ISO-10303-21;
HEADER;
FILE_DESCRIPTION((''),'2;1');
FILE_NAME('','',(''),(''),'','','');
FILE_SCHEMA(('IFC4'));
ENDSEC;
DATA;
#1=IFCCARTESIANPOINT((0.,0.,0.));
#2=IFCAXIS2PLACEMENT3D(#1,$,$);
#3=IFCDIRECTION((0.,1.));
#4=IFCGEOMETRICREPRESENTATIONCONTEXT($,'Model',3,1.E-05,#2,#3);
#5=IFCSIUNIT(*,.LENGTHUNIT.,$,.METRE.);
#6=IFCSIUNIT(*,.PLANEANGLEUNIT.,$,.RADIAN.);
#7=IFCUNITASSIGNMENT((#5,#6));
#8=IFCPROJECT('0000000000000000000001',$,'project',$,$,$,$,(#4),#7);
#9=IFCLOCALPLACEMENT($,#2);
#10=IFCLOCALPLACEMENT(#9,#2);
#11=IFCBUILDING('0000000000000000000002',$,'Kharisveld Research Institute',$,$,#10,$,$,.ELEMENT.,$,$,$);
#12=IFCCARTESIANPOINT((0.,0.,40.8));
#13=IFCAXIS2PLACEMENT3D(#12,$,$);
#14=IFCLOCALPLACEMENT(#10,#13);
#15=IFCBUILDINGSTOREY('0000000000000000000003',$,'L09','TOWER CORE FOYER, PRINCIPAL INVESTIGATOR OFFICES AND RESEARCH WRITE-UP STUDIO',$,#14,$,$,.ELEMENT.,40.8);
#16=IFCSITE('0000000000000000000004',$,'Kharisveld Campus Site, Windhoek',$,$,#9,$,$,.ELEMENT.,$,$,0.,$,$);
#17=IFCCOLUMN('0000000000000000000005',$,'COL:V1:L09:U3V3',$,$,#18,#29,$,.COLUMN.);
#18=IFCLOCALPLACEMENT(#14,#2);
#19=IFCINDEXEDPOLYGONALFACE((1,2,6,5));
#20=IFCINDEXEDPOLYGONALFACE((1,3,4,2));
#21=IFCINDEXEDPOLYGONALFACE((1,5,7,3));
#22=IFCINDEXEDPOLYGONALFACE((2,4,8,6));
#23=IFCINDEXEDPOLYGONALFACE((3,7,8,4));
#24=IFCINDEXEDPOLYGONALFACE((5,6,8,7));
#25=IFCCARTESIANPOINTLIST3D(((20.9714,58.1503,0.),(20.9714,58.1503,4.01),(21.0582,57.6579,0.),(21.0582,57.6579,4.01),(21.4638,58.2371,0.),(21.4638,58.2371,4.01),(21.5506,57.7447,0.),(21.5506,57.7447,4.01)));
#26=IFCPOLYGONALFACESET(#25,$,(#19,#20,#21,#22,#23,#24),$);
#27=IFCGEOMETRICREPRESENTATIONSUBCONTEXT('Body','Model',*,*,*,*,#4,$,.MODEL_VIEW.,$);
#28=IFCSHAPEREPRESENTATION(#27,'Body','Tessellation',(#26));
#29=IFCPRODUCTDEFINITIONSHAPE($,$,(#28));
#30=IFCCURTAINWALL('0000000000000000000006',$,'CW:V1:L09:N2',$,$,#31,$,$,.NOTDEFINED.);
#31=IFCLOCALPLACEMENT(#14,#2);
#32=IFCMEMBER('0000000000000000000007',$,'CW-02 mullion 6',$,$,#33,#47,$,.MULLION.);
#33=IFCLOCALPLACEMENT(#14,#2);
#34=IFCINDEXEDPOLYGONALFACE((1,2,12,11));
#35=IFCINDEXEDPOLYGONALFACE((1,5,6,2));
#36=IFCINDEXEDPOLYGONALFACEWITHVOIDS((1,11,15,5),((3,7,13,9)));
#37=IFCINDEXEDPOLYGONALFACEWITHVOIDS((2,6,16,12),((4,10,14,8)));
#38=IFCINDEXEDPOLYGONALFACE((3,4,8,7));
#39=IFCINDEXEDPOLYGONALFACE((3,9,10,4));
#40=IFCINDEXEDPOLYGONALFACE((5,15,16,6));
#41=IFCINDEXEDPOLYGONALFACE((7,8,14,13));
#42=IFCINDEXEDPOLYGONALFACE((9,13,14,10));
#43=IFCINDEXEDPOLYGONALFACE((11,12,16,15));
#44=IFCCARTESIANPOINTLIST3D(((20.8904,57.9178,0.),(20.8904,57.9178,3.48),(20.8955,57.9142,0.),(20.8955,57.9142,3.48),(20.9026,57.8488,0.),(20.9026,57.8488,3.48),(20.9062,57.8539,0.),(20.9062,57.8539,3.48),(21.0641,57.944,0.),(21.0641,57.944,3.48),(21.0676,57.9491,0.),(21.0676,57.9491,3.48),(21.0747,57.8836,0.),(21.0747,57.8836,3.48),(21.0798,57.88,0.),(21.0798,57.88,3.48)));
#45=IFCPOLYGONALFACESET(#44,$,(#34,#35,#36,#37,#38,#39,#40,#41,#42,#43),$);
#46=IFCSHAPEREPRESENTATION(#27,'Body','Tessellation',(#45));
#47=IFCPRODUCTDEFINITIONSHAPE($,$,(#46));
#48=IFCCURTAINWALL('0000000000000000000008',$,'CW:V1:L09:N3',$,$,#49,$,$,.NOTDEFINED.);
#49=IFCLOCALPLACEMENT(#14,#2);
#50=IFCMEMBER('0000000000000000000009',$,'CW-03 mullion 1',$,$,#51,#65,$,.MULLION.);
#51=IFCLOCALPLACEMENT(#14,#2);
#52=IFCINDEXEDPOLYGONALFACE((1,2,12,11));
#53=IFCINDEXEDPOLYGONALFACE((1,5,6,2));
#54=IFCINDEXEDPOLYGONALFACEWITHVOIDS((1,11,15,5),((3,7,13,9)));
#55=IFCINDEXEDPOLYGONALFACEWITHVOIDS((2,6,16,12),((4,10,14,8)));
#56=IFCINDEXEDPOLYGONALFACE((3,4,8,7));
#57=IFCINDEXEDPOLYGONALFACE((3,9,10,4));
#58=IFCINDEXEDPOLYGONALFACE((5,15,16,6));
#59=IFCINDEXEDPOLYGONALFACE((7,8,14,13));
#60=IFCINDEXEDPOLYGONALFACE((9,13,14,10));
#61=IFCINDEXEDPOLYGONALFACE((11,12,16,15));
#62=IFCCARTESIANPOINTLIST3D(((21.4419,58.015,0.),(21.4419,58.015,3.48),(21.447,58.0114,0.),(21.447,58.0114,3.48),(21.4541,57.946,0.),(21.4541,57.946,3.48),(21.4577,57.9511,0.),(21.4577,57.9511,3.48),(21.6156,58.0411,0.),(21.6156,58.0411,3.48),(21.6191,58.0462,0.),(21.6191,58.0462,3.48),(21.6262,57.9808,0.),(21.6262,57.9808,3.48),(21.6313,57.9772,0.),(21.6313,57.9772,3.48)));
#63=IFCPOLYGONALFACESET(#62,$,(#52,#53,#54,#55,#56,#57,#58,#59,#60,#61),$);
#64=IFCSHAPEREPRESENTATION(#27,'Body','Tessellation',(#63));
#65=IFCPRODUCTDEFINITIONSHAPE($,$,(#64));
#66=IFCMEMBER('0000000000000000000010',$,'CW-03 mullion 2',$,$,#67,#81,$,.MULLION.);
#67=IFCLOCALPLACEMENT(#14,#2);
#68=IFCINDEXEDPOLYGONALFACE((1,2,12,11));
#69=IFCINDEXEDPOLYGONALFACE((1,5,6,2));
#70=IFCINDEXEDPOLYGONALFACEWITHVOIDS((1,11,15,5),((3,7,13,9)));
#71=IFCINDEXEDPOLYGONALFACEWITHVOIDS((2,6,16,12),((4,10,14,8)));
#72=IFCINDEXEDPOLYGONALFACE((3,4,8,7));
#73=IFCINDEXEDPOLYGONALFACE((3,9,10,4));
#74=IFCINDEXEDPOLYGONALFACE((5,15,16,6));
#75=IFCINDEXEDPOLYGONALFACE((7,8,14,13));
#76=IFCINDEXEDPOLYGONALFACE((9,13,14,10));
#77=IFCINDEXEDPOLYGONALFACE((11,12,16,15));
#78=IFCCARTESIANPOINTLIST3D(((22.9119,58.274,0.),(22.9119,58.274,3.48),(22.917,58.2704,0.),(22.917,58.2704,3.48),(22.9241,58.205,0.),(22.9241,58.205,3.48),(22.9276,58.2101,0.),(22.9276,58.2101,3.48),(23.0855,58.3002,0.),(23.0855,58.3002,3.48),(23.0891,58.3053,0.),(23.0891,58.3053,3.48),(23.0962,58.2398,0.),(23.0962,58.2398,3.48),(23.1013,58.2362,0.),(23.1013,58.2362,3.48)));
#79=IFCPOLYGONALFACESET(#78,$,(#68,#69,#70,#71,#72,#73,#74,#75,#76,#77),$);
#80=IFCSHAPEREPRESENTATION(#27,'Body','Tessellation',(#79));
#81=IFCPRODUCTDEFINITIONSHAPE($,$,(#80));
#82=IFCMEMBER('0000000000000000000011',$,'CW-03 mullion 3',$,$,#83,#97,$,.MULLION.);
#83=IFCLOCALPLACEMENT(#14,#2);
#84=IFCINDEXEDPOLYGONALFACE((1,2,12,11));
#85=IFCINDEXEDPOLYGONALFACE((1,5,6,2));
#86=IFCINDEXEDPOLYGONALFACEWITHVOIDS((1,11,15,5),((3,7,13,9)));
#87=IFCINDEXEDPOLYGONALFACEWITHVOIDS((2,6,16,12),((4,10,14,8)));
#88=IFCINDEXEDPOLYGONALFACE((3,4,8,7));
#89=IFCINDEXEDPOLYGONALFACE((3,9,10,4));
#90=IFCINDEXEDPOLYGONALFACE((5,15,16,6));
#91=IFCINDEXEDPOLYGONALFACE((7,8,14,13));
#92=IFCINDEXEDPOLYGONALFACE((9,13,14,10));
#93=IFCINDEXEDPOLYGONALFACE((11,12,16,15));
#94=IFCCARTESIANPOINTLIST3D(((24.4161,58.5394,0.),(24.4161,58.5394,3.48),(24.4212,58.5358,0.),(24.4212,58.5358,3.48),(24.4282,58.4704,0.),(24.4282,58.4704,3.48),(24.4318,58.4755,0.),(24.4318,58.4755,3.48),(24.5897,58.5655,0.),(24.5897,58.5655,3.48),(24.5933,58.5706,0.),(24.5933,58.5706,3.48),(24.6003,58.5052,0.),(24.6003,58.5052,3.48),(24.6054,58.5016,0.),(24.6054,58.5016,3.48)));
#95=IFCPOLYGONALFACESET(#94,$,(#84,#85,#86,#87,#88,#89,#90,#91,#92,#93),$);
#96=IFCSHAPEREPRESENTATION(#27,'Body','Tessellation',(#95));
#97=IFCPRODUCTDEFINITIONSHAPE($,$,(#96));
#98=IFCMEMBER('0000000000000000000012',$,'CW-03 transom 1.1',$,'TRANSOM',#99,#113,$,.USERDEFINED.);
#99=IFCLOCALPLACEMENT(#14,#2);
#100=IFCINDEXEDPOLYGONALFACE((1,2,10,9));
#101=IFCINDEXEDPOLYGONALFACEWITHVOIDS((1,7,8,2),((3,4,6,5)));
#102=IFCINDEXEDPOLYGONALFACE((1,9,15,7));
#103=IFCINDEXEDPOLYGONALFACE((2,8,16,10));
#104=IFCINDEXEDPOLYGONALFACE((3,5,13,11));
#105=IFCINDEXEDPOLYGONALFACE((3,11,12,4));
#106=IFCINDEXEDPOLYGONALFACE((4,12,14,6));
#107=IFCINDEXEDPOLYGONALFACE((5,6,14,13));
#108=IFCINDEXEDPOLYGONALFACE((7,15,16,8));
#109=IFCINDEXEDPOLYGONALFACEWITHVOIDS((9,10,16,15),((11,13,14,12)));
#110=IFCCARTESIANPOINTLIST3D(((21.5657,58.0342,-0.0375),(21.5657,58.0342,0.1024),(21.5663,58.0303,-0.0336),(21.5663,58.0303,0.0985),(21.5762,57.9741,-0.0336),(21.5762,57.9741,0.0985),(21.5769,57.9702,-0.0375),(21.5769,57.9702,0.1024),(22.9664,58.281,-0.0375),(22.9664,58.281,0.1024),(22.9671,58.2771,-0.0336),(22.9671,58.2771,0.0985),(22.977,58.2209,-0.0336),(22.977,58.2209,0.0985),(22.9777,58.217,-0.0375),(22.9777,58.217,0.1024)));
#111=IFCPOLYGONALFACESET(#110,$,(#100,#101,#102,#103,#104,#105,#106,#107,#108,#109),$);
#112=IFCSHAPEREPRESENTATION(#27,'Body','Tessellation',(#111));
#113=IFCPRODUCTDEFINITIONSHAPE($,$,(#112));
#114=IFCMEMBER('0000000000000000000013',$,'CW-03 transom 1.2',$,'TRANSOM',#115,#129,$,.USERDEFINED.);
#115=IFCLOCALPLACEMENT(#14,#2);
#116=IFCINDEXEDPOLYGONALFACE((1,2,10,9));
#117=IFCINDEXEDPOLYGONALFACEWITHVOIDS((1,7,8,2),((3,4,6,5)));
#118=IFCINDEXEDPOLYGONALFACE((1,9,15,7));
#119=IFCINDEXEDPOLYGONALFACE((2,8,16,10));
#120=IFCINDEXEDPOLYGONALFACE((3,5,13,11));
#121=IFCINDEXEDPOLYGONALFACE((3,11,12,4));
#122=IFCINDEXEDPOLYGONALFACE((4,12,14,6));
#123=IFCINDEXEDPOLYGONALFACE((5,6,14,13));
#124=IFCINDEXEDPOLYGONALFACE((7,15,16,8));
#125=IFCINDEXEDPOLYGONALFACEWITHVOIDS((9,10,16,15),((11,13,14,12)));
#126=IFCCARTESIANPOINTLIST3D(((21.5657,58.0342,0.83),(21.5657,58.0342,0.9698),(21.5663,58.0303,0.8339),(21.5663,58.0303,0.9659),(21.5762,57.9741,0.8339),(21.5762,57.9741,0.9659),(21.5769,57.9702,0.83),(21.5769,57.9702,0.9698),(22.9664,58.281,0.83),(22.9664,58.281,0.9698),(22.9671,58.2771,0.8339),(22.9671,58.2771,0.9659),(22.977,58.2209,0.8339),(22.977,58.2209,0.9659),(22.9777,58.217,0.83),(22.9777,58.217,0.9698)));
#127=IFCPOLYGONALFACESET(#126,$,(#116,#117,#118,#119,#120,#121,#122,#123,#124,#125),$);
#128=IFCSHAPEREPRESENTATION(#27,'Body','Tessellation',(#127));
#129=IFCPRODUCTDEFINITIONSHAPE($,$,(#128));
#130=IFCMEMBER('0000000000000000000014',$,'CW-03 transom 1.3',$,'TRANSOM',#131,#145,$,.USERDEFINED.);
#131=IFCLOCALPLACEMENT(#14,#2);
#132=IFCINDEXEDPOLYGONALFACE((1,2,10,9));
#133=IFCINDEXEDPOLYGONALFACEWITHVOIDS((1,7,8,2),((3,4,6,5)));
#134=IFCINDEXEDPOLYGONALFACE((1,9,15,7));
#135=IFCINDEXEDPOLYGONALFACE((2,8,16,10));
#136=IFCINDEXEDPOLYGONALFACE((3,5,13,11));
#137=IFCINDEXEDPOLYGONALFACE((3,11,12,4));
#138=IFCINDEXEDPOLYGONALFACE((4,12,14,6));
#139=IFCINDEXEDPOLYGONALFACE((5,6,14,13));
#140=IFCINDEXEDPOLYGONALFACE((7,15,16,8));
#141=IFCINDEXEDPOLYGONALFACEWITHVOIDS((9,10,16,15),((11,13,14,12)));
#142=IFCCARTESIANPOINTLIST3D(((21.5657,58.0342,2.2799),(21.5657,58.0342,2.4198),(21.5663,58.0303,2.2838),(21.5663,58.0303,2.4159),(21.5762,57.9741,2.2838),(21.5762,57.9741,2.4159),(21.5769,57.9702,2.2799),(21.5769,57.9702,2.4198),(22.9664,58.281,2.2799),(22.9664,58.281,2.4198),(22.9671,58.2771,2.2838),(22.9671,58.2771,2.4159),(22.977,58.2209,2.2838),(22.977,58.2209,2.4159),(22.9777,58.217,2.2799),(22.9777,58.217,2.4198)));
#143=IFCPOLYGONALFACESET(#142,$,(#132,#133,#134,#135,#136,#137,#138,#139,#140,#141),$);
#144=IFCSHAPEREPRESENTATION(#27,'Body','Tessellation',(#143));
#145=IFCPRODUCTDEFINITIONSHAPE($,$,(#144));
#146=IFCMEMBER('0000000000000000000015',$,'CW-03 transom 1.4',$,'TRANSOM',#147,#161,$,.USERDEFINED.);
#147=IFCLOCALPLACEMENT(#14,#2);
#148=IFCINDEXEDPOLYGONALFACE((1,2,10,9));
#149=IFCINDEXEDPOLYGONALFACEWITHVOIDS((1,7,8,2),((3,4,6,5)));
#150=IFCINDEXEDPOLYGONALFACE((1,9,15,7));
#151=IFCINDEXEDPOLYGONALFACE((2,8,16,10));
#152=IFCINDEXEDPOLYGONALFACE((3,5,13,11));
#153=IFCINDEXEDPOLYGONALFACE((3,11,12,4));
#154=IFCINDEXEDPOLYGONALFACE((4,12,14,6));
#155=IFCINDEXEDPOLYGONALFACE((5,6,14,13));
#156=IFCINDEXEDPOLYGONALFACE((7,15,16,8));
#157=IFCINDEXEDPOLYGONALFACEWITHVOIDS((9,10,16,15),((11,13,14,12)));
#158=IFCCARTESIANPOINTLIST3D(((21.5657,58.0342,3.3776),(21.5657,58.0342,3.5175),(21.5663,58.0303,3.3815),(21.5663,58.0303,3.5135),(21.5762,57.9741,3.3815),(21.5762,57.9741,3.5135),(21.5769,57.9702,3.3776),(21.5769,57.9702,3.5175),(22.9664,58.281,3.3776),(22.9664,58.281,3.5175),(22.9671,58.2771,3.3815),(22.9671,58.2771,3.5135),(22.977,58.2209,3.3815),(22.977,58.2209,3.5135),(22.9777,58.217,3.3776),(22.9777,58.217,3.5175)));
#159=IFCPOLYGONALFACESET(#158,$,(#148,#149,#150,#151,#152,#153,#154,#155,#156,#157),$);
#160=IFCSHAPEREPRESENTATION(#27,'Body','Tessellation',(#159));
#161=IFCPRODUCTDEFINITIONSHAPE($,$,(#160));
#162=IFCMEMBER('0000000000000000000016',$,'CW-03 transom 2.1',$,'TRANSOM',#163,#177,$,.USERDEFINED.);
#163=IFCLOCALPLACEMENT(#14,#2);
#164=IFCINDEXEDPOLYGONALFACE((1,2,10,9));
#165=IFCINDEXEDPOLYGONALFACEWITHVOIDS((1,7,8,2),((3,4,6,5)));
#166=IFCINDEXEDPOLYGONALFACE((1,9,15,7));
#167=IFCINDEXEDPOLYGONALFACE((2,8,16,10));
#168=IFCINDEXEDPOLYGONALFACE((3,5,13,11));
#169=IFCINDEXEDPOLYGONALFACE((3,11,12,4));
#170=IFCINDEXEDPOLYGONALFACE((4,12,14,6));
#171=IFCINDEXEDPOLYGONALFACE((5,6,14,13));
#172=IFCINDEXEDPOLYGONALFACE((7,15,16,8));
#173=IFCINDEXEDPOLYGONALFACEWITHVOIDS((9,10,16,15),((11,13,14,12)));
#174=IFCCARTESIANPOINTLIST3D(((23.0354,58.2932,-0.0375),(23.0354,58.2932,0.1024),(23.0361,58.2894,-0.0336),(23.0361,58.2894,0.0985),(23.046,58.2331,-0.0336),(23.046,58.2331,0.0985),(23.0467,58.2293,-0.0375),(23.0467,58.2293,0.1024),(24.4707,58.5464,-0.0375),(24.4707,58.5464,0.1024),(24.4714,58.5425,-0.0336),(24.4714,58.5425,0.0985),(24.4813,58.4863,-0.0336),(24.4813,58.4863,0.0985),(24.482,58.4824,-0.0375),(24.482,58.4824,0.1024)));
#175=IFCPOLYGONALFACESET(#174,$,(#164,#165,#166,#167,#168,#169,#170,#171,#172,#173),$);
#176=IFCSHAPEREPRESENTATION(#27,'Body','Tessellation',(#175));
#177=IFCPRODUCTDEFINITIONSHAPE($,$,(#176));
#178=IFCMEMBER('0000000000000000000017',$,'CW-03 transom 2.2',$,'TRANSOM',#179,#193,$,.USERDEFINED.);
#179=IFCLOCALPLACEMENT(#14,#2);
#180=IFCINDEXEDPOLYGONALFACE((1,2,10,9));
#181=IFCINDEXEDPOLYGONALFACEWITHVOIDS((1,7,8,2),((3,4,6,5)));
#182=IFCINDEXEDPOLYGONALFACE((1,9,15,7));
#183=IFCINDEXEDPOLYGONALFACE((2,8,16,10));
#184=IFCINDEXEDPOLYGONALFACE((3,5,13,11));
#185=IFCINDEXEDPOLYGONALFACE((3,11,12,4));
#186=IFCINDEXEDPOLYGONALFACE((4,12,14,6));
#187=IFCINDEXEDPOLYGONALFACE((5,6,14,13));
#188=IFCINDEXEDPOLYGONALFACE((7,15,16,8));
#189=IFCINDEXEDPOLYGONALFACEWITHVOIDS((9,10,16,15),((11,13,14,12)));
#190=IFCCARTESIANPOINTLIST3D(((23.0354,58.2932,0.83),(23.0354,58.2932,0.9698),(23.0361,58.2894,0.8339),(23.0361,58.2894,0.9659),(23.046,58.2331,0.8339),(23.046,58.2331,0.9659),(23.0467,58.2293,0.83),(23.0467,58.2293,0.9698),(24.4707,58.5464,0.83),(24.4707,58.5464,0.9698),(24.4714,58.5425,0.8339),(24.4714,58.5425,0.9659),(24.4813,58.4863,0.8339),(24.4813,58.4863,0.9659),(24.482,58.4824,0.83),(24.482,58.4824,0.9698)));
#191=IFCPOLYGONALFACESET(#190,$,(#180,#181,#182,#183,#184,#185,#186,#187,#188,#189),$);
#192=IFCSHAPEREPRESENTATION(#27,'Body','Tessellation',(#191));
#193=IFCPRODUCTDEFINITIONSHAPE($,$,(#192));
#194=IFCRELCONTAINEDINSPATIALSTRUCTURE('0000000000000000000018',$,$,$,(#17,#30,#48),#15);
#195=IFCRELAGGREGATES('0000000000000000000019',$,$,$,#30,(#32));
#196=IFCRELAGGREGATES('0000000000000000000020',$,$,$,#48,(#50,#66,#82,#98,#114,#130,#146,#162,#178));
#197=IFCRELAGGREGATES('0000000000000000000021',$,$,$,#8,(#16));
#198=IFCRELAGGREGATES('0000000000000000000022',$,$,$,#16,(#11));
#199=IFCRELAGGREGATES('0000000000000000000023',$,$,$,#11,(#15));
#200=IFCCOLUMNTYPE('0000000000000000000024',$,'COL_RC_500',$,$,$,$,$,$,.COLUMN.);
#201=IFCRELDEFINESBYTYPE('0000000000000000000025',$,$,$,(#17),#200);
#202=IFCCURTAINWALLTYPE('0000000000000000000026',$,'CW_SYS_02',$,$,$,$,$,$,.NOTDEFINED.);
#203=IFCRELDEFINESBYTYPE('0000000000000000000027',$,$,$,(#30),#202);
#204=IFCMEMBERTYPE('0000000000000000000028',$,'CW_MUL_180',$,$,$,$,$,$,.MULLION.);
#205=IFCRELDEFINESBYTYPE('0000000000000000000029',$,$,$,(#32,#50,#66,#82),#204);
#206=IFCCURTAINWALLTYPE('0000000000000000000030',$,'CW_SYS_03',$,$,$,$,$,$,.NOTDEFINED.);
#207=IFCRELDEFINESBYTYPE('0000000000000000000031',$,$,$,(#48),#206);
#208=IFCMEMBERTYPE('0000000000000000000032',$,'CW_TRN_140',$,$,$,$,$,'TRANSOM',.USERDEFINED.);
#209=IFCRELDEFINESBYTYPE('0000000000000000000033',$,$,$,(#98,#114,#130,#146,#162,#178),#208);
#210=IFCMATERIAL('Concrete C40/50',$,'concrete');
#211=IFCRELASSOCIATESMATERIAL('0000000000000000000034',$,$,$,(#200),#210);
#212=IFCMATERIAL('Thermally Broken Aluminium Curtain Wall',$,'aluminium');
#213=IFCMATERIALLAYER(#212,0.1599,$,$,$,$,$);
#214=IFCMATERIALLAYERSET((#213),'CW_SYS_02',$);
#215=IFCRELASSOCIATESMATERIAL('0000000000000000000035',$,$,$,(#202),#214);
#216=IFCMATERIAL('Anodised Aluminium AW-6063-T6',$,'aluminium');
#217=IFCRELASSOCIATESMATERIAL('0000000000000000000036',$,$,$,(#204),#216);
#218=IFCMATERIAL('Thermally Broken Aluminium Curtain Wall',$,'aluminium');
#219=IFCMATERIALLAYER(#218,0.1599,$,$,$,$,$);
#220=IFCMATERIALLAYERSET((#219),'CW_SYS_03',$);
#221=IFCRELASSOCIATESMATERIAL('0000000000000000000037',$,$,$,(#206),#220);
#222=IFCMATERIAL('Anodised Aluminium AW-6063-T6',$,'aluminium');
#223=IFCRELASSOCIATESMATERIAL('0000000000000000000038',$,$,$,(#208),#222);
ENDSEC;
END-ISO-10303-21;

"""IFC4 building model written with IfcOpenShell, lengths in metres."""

from ifc_helpers import new_model, si_unit, direction, frame, origin, origin_2d, place, context, subcontext, project, spatial, rectangle, hollow_rectangle, extrude, material, layer, layer_set, material_profile, profile_set, type_object, element, aggregate, save


model = new_model("IFC4")

# Units and contexts
model_context = context("Model", 3, precision=1e-05, world=origin(), true_north=direction((0.0, 1.0)))
body_context = subcontext(model_context, "Body", "Model", "MODEL_VIEW")
ifc_project = project(units=[si_unit("LENGTHUNIT", "METRE"), si_unit("PLANEANGLEUNIT", "RADIAN")], contexts=[model_context])

# Site, building, storey
site_placement = place(None, origin())
site = spatial("IfcSite", under=ifc_project, at=site_placement, Name="Kharisveld Campus Site, Windhoek", CompositionType="ELEMENT", RefElevation=0.0)
building_placement = place(site_placement, origin())
building = spatial("IfcBuilding", under=site, at=building_placement, Name="Kharisveld Research Institute", CompositionType="ELEMENT")
storey_placement = place(building_placement, frame((0.0, 0.0, 40.8)))
storey = spatial("IfcBuildingStorey", under=building, at=storey_placement, Name="L09", Description="TOWER CORE FOYER, PRINCIPAL INVESTIGATOR OFFICES AND RESEARCH WRITE-UP STUDIO", CompositionType="ELEMENT", Elevation=40.8)

# Column
ifc_material_1 = material(Name="Concrete C40/50", Category="concrete")
ifc_material_profile_1 = material_profile(ifc_material_1, rectangle(XDim=0.5, YDim=0.5, at=origin_2d()))
ifc_profile_set_1 = profile_set([ifc_material_profile_1], Name="Concrete C40/50")
column_type = type_object("IfcColumnType", Name="COL_RC_500", PredefinedType="COLUMN", material=ifc_profile_set_1)
column_placement = place(storey_placement, frame((21.261, 57.9475, 0.0), z_axis=(0.0, 0.0, 1.0), x_axis=(0.984808, 0.173648, 0.0)))
element("IfcColumn", 1, at=column_placement, inside=storey, type_object=column_type, Name="COL:V1:L09:U3V3", PredefinedType="COLUMN", context=body_context, shape_type="SweptSolid", body=[
    extrude(rectangle(XDim=0.5, YDim=0.5, at=origin_2d()), origin(), (0.0, 0.0, 1.0), 4.01),
])

# Curtain wall, member
ifc_material_2 = material(Name="Thermally Broken Aluminium Curtain Wall", Category="aluminium")
ifc_layer_1 = layer(ifc_material_2, 0.1599)
ifc_layer_set_1 = layer_set([ifc_layer_1], Name="CW_SYS_02")
curtain_wall_type_1 = type_object("IfcCurtainWallType", Name="CW_SYS_02", PredefinedType="NOTDEFINED", material=ifc_layer_set_1)
curtain_wall_1_placement = place(storey_placement, origin())
curtain_wall_1 = element("IfcCurtainWall", 2, at=curtain_wall_1_placement, inside=storey, type_object=curtain_wall_type_1, Name="CW:V1:L09:N2", PredefinedType="NOTDEFINED")
ifc_material_3 = material(Name="Anodised Aluminium AW-6063-T6", Category="aluminium")
ifc_material_profile_2 = material_profile(ifc_material_3, hollow_rectangle(XDim=0.0701, YDim=0.1799, WallThickness=0.0044, at=origin_2d()))
ifc_profile_set_2 = profile_set([ifc_material_profile_2], Name="Anodised Aluminium AW-6063-T6")
member_type_1 = type_object("IfcMemberType", Name="CW_MUL_180", PredefinedType="MULLION", material=ifc_profile_set_2)
member_1_placement = place(storey_placement, frame((20.9851, 57.8989, 0.0), z_axis=(0.0, 0.0, 1.0), x_axis=(-0.173648, 0.984808, 0.0)))
member_1 = element("IfcMember", 3, at=member_1_placement, type_object=member_type_1, Name="CW-02 mullion 6", PredefinedType="MULLION", context=body_context, shape_type="SweptSolid", body=[
    extrude(hollow_rectangle(XDim=0.0701, YDim=0.1799, WallThickness=0.0044, at=origin_2d()), origin(), (0.0, 0.0, 1.0), 3.48),
])
aggregate(curtain_wall_1, [member_1])

# Curtain wall, members
ifc_material_4 = material(Name="Thermally Broken Aluminium Curtain Wall", Category="aluminium")
ifc_layer_2 = layer(ifc_material_4, 0.1599)
ifc_layer_set_2 = layer_set([ifc_layer_2], Name="CW_SYS_03")
curtain_wall_type_2 = type_object("IfcCurtainWallType", Name="CW_SYS_03", PredefinedType="NOTDEFINED", material=ifc_layer_set_2)
curtain_wall_2_placement = place(storey_placement, origin())
curtain_wall_2 = element("IfcCurtainWall", 4, at=curtain_wall_2_placement, inside=storey, type_object=curtain_wall_type_2, Name="CW:V1:L09:N3", PredefinedType="NOTDEFINED")
member_2_placement = place(storey_placement, frame((21.5366, 57.9961, 0.0), z_axis=(0.0, 0.0, 1.0), x_axis=(-0.173648, 0.984808, 0.0)))
member_2 = element("IfcMember", 5, at=member_2_placement, type_object=member_type_1, Name="CW-03 mullion 1", PredefinedType="MULLION", context=body_context, shape_type="SweptSolid", body=[
    extrude(hollow_rectangle(XDim=0.0701, YDim=0.1799, WallThickness=0.0044, at=origin_2d()), origin(), (0.0, 0.0, 1.0), 3.48),
])
member_3_placement = place(storey_placement, frame((23.0066, 58.2551, 0.0), z_axis=(0.0, 0.0, 1.0), x_axis=(-0.173648, 0.984808, 0.0)))
member_3 = element("IfcMember", 6, at=member_3_placement, type_object=member_type_1, Name="CW-03 mullion 2", PredefinedType="MULLION", context=body_context, shape_type="SweptSolid", body=[
    extrude(hollow_rectangle(XDim=0.0701, YDim=0.1799, WallThickness=0.0044, at=origin_2d()), origin(), (0.0, 0.0, 1.0), 3.48),
])
member_4_placement = place(storey_placement, frame((24.5107, 58.5205, 0.0), z_axis=(0.0, 0.0, 1.0), x_axis=(-0.173648, 0.984808, 0.0)))
member_4 = element("IfcMember", 7, at=member_4_placement, type_object=member_type_1, Name="CW-03 mullion 3", PredefinedType="MULLION", context=body_context, shape_type="SweptSolid", body=[
    extrude(hollow_rectangle(XDim=0.0701, YDim=0.1799, WallThickness=0.0044, at=origin_2d()), origin(), (0.0, 0.0, 1.0), 3.48),
])
ifc_material_5 = material(Name="Anodised Aluminium AW-6063-T6", Category="aluminium")
ifc_material_profile_3 = material_profile(ifc_material_5, hollow_rectangle(XDim=0.0649, YDim=0.1399, WallThickness=0.0039, at=origin_2d()))
ifc_profile_set_3 = profile_set([ifc_material_profile_3], Name="Anodised Aluminium AW-6063-T6")
member_type_2 = type_object("IfcMemberType", Name="CW_TRN_140", ElementType="TRANSOM", PredefinedType="USERDEFINED", material=ifc_profile_set_3)
member_5_placement = place(storey_placement, frame((21.5713, 58.0022, 0.0325), z_axis=(0.98483, 0.173521, 0.0), x_axis=(-0.173521, 0.98483, 0.0)))
member_5 = element("IfcMember", 8, at=member_5_placement, type_object=member_type_2, Name="CW-03 transom 1.1", ObjectType="TRANSOM", PredefinedType="USERDEFINED", context=body_context, shape_type="SweptSolid", body=[
    extrude(hollow_rectangle(XDim=0.0649, YDim=0.1399, WallThickness=0.0039, at=origin_2d()), origin(), (0.0, 0.0, 1.0), 1.4224),
])
member_6_placement = place(storey_placement, frame((21.5713, 58.0022, 0.8999), z_axis=(0.98483, 0.173521, 0.0), x_axis=(-0.173521, 0.98483, 0.0)))
member_6 = element("IfcMember", 9, at=member_6_placement, type_object=member_type_2, Name="CW-03 transom 1.2", ObjectType="TRANSOM", PredefinedType="USERDEFINED", context=body_context, shape_type="SweptSolid", body=[
    extrude(hollow_rectangle(XDim=0.0649, YDim=0.1399, WallThickness=0.0039, at=origin_2d()), origin(), (0.0, 0.0, 1.0), 1.4224),
])
member_7_placement = place(storey_placement, frame((21.5713, 58.0022, 2.3499), z_axis=(0.98483, 0.173521, 0.0), x_axis=(-0.173521, 0.98483, 0.0)))
member_7 = element("IfcMember", 10, at=member_7_placement, type_object=member_type_2, Name="CW-03 transom 1.3", ObjectType="TRANSOM", PredefinedType="USERDEFINED", context=body_context, shape_type="SweptSolid", body=[
    extrude(hollow_rectangle(XDim=0.0649, YDim=0.1399, WallThickness=0.0039, at=origin_2d()), origin(), (0.0, 0.0, 1.0), 1.4224),
])
member_8_placement = place(storey_placement, frame((21.5713, 58.0022, 3.4475), z_axis=(0.98483, 0.173521, 0.0), x_axis=(-0.173521, 0.98483, 0.0)))
member_8 = element("IfcMember", 11, at=member_8_placement, type_object=member_type_2, Name="CW-03 transom 1.4", ObjectType="TRANSOM", PredefinedType="USERDEFINED", context=body_context, shape_type="SweptSolid", body=[
    extrude(hollow_rectangle(XDim=0.0649, YDim=0.1399, WallThickness=0.0039, at=origin_2d()), origin(), (0.0, 0.0, 1.0), 1.4224),
])
member_9_placement = place(storey_placement, frame((23.041, 58.2612, 0.0325), z_axis=(0.984797, 0.173709, 0.0), x_axis=(-0.173709, 0.984797, 0.0)))
member_9 = element("IfcMember", 12, at=member_9_placement, type_object=member_type_2, Name="CW-03 transom 2.1", ObjectType="TRANSOM", PredefinedType="USERDEFINED", context=body_context, shape_type="SweptSolid", body=[
    extrude(hollow_rectangle(XDim=0.0649, YDim=0.1399, WallThickness=0.0039, at=origin_2d()), origin(), (0.0, 0.0, 1.0), 1.4575),
])
member_10_placement = place(storey_placement, frame((23.041, 58.2612, 0.8999), z_axis=(0.984797, 0.173709, 0.0), x_axis=(-0.173709, 0.984797, 0.0)))
member_10 = element("IfcMember", 13, at=member_10_placement, type_object=member_type_2, Name="CW-03 transom 2.2", ObjectType="TRANSOM", PredefinedType="USERDEFINED", context=body_context, shape_type="SweptSolid", body=[
    extrude(hollow_rectangle(XDim=0.0649, YDim=0.1399, WallThickness=0.0039, at=origin_2d()), origin(), (0.0, 0.0, 1.0), 1.4575),
])

aggregate(curtain_wall_2, [member_2, member_3, member_4, member_5, member_6, member_7, member_8, member_9, member_10])

save(model, "model.ifc")
